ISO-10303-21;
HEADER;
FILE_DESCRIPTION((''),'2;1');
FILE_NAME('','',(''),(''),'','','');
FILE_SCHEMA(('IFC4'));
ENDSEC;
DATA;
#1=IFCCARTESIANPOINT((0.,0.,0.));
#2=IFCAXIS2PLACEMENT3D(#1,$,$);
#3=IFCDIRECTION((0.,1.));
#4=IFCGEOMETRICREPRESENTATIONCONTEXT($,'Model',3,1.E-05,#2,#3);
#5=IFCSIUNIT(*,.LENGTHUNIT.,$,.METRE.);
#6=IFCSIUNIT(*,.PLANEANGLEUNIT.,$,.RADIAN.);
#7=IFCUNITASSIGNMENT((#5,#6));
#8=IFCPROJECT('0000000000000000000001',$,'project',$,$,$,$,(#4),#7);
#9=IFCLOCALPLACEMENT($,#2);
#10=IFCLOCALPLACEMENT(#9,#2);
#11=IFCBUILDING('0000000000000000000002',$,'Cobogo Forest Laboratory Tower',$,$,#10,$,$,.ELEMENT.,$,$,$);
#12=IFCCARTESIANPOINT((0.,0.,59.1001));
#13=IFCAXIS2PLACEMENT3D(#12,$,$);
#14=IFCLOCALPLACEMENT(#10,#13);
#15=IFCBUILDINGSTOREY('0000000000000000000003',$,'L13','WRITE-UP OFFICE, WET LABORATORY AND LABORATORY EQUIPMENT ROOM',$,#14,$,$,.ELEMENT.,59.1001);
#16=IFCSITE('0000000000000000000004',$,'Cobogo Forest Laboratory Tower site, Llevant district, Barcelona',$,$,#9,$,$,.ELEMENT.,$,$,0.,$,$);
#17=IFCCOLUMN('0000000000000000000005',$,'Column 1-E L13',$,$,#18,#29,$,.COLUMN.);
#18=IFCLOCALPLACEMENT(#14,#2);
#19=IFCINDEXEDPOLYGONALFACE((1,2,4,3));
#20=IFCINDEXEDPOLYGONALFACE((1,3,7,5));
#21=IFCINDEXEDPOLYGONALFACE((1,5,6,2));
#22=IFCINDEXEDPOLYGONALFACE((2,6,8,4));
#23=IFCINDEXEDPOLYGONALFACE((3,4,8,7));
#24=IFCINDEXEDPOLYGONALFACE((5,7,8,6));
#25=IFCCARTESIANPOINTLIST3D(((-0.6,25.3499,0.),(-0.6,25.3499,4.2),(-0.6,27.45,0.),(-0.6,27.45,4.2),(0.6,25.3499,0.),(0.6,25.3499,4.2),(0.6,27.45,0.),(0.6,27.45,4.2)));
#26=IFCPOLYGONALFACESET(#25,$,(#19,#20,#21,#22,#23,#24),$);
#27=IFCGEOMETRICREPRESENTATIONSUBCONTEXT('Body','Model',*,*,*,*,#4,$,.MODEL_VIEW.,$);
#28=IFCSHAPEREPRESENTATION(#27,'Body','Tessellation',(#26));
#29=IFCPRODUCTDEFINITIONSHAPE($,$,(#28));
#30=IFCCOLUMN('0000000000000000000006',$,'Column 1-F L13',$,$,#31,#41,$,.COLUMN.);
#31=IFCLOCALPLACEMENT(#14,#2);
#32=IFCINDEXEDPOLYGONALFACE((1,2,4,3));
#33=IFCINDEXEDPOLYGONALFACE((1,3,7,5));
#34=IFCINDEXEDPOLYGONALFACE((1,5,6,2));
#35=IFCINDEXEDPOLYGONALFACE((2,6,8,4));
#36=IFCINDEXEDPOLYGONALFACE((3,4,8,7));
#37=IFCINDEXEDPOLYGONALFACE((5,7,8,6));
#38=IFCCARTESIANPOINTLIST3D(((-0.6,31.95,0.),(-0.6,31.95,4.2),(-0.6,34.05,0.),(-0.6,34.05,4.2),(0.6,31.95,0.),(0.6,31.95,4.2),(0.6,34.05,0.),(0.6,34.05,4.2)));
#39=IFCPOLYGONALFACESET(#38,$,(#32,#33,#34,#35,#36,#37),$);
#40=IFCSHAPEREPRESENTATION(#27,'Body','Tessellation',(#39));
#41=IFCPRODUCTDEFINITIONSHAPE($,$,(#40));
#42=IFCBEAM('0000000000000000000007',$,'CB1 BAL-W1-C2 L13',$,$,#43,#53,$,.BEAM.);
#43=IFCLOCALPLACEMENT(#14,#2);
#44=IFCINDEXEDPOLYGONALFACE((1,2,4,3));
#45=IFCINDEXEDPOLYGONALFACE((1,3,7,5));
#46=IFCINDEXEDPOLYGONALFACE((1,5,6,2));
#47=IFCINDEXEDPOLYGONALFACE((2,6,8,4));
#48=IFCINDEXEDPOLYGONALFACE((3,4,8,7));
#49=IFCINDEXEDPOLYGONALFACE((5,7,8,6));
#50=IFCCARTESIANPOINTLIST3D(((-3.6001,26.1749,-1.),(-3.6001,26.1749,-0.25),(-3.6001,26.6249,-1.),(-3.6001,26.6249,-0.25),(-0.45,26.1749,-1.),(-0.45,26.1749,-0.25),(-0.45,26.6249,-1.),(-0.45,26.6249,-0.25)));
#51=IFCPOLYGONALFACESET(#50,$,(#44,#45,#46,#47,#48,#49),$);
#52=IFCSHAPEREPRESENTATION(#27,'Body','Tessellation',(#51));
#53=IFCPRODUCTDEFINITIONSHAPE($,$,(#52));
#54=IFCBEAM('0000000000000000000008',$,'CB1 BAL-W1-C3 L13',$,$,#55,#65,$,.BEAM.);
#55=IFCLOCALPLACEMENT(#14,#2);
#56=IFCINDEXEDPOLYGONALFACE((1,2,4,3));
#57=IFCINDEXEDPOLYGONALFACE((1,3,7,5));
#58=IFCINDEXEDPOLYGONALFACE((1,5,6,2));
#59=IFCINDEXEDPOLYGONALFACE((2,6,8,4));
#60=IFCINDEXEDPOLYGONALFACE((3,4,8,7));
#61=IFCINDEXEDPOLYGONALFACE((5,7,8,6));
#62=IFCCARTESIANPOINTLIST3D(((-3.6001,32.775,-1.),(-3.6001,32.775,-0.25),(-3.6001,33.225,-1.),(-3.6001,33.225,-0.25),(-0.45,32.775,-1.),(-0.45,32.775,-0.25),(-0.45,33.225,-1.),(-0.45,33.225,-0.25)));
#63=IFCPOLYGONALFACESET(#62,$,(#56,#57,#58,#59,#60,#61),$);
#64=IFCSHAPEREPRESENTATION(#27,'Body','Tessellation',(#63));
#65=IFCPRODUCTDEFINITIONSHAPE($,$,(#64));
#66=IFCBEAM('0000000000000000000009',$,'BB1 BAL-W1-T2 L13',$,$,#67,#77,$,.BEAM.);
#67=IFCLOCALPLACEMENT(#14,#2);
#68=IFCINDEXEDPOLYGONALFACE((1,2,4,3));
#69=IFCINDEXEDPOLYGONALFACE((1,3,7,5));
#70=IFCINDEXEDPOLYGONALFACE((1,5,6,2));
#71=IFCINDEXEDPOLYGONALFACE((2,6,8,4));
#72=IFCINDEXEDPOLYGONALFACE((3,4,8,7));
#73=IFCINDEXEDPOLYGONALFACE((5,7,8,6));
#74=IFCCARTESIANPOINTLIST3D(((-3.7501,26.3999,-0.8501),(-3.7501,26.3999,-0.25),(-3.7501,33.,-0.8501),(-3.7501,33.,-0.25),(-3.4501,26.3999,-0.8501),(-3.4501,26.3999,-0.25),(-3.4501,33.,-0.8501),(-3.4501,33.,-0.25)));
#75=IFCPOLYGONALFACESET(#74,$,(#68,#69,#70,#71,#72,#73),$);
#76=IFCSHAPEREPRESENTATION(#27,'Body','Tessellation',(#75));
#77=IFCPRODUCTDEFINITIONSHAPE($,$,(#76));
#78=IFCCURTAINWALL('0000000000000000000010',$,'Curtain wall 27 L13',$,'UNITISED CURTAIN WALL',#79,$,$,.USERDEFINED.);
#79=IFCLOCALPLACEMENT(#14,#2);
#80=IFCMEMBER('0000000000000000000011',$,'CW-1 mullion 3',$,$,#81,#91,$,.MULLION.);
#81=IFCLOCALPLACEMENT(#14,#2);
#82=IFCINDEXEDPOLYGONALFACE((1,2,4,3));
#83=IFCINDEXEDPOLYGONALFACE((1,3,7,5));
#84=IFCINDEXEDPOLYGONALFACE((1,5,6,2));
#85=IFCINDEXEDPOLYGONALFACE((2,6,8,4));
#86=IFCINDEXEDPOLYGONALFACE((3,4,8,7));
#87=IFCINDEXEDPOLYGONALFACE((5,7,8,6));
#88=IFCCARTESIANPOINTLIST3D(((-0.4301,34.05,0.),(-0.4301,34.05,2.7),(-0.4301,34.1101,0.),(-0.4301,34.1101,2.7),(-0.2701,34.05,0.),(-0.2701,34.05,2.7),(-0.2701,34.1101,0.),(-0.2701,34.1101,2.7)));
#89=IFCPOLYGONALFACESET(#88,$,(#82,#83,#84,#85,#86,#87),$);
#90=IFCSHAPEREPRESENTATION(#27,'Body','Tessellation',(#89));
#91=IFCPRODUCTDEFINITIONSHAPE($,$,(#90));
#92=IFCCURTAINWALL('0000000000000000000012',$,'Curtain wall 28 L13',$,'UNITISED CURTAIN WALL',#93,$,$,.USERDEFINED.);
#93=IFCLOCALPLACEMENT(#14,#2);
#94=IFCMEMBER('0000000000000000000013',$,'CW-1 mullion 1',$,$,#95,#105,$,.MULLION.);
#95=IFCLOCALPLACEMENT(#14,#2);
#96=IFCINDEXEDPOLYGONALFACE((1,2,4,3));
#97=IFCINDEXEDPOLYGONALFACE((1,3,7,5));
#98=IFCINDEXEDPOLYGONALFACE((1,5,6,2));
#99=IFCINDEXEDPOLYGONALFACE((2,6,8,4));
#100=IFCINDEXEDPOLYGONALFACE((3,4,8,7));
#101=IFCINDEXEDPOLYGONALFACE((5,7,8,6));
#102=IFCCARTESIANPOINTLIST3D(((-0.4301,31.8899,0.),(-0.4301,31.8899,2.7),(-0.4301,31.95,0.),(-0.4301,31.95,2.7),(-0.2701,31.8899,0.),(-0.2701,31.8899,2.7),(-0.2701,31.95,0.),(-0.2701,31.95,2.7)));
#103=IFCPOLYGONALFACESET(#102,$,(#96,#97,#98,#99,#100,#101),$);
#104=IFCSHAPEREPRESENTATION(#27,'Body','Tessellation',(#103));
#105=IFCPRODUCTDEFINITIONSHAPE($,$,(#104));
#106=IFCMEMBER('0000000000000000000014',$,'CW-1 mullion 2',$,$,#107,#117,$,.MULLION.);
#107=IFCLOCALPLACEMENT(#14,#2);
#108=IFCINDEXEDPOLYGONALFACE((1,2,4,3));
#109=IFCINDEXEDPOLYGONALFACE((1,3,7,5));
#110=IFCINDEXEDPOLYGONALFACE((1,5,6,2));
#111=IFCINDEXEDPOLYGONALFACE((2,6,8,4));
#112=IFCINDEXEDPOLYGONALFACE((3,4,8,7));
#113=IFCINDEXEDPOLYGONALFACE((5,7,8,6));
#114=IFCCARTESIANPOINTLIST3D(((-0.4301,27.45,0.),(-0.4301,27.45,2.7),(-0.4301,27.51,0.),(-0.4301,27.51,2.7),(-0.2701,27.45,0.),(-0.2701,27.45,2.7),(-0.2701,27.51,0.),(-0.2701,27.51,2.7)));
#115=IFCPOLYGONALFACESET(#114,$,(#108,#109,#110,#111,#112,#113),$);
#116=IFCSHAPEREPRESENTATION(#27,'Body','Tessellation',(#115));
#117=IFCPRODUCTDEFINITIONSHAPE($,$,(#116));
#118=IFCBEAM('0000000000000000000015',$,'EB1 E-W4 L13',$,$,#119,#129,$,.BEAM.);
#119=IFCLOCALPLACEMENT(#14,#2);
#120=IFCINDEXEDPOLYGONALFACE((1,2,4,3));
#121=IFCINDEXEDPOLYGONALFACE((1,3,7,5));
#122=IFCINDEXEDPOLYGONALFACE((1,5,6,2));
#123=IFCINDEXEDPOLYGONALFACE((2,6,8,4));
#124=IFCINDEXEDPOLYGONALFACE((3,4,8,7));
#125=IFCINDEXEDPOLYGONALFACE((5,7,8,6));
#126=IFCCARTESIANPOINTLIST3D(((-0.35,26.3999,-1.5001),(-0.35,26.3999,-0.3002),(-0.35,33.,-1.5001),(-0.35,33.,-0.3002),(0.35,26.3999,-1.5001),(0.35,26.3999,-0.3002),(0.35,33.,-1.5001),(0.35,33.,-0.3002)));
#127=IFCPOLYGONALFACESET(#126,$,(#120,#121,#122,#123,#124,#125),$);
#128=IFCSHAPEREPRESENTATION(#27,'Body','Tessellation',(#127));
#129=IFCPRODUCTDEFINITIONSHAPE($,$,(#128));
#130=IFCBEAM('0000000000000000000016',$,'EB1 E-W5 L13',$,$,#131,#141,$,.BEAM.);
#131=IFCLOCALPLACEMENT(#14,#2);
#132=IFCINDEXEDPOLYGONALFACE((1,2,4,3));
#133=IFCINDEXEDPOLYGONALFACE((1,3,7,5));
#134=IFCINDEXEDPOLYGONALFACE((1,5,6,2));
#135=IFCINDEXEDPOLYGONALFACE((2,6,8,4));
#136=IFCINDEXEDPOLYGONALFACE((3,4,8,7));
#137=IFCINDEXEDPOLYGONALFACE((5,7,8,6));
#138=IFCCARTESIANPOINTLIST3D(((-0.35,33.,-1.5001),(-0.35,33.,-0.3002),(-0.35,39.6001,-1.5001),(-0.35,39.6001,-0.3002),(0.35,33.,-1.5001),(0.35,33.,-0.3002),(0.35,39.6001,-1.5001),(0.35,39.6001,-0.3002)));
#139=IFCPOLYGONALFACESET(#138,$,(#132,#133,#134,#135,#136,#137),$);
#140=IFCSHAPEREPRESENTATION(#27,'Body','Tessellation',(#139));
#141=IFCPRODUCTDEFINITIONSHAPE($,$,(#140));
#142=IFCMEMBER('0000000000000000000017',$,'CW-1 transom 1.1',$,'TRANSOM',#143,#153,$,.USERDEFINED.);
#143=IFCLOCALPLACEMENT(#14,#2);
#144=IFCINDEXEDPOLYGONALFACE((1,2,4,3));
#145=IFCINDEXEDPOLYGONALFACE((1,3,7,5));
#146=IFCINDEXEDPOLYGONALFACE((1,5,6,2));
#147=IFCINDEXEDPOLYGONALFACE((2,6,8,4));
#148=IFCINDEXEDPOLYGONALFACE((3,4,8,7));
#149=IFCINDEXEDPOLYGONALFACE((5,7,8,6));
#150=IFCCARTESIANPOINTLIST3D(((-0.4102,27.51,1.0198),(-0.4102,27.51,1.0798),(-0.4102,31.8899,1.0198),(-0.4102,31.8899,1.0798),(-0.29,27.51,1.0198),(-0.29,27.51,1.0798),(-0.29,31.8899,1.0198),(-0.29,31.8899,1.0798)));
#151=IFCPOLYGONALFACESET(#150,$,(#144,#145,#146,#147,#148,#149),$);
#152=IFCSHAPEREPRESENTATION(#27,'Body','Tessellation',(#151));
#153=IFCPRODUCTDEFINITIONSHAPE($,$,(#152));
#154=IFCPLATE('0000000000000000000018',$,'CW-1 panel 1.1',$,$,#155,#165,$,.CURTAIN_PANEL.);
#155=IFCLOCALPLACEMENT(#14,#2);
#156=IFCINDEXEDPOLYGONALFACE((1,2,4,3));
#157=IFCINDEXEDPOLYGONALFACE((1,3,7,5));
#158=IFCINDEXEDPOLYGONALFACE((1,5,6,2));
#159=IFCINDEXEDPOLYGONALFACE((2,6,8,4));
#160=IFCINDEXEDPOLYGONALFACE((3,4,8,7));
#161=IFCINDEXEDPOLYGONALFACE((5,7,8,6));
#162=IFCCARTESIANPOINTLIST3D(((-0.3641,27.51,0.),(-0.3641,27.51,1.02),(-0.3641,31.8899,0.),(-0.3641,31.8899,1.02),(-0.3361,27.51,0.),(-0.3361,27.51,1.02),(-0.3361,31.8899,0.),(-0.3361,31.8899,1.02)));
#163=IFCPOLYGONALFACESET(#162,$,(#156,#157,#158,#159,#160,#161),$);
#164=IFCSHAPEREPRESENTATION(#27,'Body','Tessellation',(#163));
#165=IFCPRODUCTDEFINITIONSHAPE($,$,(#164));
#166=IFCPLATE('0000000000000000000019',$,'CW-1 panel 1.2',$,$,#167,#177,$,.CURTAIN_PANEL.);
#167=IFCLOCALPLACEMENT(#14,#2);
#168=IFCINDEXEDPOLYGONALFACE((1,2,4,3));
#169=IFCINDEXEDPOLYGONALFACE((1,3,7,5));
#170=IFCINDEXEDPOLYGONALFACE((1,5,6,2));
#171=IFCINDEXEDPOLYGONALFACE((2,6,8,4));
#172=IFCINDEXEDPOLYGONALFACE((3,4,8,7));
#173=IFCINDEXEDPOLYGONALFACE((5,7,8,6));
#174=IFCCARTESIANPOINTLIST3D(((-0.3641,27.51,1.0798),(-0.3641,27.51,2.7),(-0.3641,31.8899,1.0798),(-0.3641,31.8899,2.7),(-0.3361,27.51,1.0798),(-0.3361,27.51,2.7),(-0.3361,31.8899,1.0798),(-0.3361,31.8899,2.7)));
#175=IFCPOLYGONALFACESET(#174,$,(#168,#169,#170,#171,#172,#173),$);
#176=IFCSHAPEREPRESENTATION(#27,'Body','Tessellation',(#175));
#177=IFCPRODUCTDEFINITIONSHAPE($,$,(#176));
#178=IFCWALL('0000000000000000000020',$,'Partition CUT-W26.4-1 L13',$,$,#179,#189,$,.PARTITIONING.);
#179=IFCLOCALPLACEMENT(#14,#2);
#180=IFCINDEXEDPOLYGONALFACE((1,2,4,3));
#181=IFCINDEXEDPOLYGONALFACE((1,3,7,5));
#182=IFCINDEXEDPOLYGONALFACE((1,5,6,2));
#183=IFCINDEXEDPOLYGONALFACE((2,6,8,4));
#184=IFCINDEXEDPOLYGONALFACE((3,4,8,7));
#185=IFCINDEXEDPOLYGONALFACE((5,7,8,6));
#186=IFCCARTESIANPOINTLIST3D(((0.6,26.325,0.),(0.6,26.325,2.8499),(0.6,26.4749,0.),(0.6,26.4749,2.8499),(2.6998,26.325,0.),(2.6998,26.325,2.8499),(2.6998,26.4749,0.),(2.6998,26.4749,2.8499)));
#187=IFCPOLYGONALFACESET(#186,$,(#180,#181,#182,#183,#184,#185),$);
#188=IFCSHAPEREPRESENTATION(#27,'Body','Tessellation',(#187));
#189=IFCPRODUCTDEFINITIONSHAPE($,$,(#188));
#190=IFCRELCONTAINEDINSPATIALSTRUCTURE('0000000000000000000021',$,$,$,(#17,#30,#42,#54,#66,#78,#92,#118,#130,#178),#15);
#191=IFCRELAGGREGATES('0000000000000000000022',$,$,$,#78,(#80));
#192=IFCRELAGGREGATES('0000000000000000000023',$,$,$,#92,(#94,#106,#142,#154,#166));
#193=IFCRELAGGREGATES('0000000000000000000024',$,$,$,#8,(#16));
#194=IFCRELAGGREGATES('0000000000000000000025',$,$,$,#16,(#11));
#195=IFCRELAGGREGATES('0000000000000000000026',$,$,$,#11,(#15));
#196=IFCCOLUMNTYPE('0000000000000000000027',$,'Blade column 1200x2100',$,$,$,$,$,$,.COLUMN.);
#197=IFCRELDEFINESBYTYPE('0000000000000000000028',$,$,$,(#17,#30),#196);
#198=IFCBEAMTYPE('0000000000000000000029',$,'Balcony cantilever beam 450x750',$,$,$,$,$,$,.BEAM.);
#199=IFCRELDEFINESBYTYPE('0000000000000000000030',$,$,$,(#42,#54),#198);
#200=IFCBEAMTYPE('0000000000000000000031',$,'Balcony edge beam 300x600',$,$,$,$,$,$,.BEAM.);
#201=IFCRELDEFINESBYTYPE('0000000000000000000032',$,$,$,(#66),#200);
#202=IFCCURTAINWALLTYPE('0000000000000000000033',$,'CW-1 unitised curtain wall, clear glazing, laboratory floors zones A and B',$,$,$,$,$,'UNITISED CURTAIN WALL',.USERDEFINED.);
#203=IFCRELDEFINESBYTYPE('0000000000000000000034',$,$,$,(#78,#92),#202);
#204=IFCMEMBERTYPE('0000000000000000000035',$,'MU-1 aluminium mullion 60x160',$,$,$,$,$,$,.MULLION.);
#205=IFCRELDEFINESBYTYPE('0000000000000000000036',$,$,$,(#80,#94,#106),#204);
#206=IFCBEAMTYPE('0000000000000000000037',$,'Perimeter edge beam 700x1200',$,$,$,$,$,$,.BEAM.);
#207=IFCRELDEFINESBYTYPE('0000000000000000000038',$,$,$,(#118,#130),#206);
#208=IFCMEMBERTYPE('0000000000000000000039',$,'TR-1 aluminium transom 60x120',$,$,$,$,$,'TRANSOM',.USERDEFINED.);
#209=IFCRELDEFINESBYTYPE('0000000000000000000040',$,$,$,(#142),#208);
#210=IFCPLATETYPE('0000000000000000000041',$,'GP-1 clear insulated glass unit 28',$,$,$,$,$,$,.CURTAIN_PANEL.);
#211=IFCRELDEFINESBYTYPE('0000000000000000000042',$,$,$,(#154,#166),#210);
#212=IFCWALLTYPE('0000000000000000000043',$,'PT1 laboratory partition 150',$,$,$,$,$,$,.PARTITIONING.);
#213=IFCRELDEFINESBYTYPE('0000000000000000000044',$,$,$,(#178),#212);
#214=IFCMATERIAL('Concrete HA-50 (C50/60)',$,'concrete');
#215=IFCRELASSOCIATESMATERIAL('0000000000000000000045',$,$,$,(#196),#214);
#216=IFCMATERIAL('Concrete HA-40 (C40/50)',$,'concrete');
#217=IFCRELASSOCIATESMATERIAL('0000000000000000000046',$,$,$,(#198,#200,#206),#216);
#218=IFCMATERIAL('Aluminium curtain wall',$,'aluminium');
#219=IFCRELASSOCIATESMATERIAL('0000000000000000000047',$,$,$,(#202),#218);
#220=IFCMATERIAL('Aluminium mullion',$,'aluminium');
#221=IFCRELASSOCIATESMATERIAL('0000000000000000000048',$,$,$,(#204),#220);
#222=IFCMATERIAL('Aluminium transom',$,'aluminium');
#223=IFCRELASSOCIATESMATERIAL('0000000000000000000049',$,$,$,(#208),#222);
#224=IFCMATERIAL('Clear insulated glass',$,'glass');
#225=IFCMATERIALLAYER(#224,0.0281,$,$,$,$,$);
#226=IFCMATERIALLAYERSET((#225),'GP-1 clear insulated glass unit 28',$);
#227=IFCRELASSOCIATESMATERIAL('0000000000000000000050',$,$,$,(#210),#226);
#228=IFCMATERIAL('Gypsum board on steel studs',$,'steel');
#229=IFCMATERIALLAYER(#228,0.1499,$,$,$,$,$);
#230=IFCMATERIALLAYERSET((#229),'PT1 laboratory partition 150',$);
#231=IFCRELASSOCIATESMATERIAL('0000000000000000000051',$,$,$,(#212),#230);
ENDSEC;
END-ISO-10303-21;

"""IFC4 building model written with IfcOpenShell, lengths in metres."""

from ifc_helpers import new_model, si_unit, direction, frame, frame_2d, origin, origin_2d, place, context, subcontext, project, spatial, rectangle, extrude, material, layer, layer_set, material_profile, profile_set, type_object, element, aggregate, save


model = new_model("IFC4")

# Units and contexts
model_context = context("Model", 3, precision=1e-05, world=origin(), true_north=direction((0.0, 1.0)))
body_context = subcontext(model_context, "Body", "Model", "MODEL_VIEW")
ifc_project = project(units=[si_unit("LENGTHUNIT", "METRE"), si_unit("PLANEANGLEUNIT", "RADIAN")], contexts=[model_context])

# Site, building, storey
site_placement = place(None, origin())
site = spatial("IfcSite", under=ifc_project, at=site_placement, Name="Cobogo Forest Laboratory Tower site, Llevant district, Barcelona", CompositionType="ELEMENT", RefElevation=0.0)
building_placement = place(site_placement, origin())
building = spatial("IfcBuilding", under=site, at=building_placement, Name="Cobogo Forest Laboratory Tower", CompositionType="ELEMENT")
storey_placement = place(building_placement, frame((0.0, 0.0, 59.1001)))
storey = spatial("IfcBuildingStorey", under=building, at=storey_placement, Name="L13", Description="WRITE-UP OFFICE, WET LABORATORY AND LABORATORY EQUIPMENT ROOM", CompositionType="ELEMENT", Elevation=59.1001)

# Columns
ifc_material_1 = material(Name="Concrete HA-50 (C50/60)", Category="concrete")
ifc_material_profile_1 = material_profile(ifc_material_1, rectangle(XDim=2.1001, YDim=1.2, at=origin_2d()), Name="RC 1200x2100")
ifc_profile_set_1 = profile_set([ifc_material_profile_1], Name="Concrete HA-50 (C50/60)")
column_type = type_object("IfcColumnType", Name="Blade column 1200x2100", PredefinedType="COLUMN", material=ifc_profile_set_1)
for number, where, z_axis, x_axis, name in (
    (1, (0.0, 26.3999, 0.0), (0.0, 0.0, 1.0), (0.0, 1.0, 0.0), "Column 1-E L13"),
    (2, (0.0, 33.0, 0.0), (0.0, 0.0, 1.0), (0.0, 1.0, 0.0), "Column 1-F L13"),
):
    element("IfcColumn", number, at=place(storey_placement, frame(where, z_axis=z_axis, x_axis=x_axis)), inside=storey, type_object=column_type, Name=name, PredefinedType="COLUMN", context=body_context, shape_type="SweptSolid", body=[
        extrude(rectangle(XDim=2.1001, YDim=1.2, at=origin_2d()), origin(), (0.0, 0.0, 1.0), 4.2),
    ])

# Beams
ifc_material_2 = material(Name="Concrete HA-40 (C40/50)", Category="concrete")
ifc_material_profile_2 = material_profile(ifc_material_2, rectangle(XDim=0.45, YDim=0.75, at=origin_2d()), Name="RC 450x750")
ifc_profile_set_2 = profile_set([ifc_material_profile_2], Name="Concrete HA-40 (C40/50)")
beam_type_1 = type_object("IfcBeamType", Name="Balcony cantilever beam 450x750", PredefinedType="BEAM", material=ifc_profile_set_2)
for number, where, z_axis, x_axis, name in (
    (3, (-0.45, 26.3999, -0.625), (-1.0, 0.0, 0.0), (0.0, -1.0, 0.0), "CB1 BAL-W1-C2 L13"),
    (4, (-0.45, 33.0, -0.625), (-1.0, 0.0, 0.0), (0.0, -1.0, 0.0), "CB1 BAL-W1-C3 L13"),
):
    element("IfcBeam", number, at=place(storey_placement, frame(where, z_axis=z_axis, x_axis=x_axis)), inside=storey, type_object=beam_type_1, Name=name, PredefinedType="BEAM", context=body_context, shape_type="SweptSolid", body=[
        extrude(rectangle(XDim=0.45, YDim=0.75, at=origin_2d()), origin(), (0.0, 0.0, 1.0), 3.1501),
    ])
ifc_material_profile_3 = material_profile(ifc_material_2, rectangle(XDim=0.3, YDim=0.6001, at=origin_2d()), Name="RC 300x600")
ifc_profile_set_3 = profile_set([ifc_material_profile_3], Name="Concrete HA-40 (C40/50)")
beam_type_2 = type_object("IfcBeamType", Name="Balcony edge beam 300x600", PredefinedType="BEAM", material=ifc_profile_set_3)
beam_placement = place(storey_placement, frame((-3.6001, 26.3999, -0.55), z_axis=(0.0, 1.0, 0.0), x_axis=(-1.0, 0.0, 0.0)))
element("IfcBeam", 5, at=beam_placement, inside=storey, type_object=beam_type_2, Name="BB1 BAL-W1-T2 L13", PredefinedType="BEAM", context=body_context, shape_type="SweptSolid", body=[
    extrude(rectangle(XDim=0.3, YDim=0.6001, at=origin_2d()), origin(), (0.0, 0.0, 1.0), 6.6001),
])

# Curtain wall, member
ifc_material_3 = material(Name="Aluminium curtain wall", Category="aluminium")
curtain_wall_type = type_object("IfcCurtainWallType", Name="CW-1 unitised curtain wall, clear glazing, laboratory floors zones A and B", ElementType="UNITISED CURTAIN WALL", PredefinedType="USERDEFINED", material=ifc_material_3)
curtain_wall_1_placement = place(storey_placement, origin())
curtain_wall_1 = element("IfcCurtainWall", 6, at=curtain_wall_1_placement, inside=storey, type_object=curtain_wall_type, Name="Curtain wall 27 L13", ObjectType="UNITISED CURTAIN WALL", PredefinedType="USERDEFINED")
ifc_material_4 = material(Name="Aluminium mullion", Category="aluminium")
ifc_material_profile_4 = material_profile(ifc_material_4, rectangle(XDim=0.0601, YDim=0.1599, at=origin_2d()), Name="AL 60x160")
ifc_profile_set_4 = profile_set([ifc_material_profile_4], Name="Aluminium mullion")
member_type_1 = type_object("IfcMemberType", Name="MU-1 aluminium mullion 60x160", PredefinedType="MULLION", material=ifc_profile_set_4)
member_1_placement = place(storey_placement, frame((-0.3501, 34.0801, 0.0), z_axis=(0.0, 0.0, 1.0), x_axis=(0.0, -1.0, 0.0)))
member_1 = element("IfcMember", 7, at=member_1_placement, type_object=member_type_1, Name="CW-1 mullion 3", PredefinedType="MULLION", context=body_context, shape_type="SweptSolid", body=[
    extrude(rectangle(XDim=0.0601, YDim=0.1599, at=origin_2d()), origin(), (0.0, 0.0, 1.0), 2.7),
])
aggregate(curtain_wall_1, [member_1])

# Curtain wall, members
curtain_wall_2_placement = place(storey_placement, origin())
curtain_wall_2 = element("IfcCurtainWall", 8, at=curtain_wall_2_placement, inside=storey, type_object=curtain_wall_type, Name="Curtain wall 28 L13", ObjectType="UNITISED CURTAIN WALL", PredefinedType="USERDEFINED")
member_2_placement = place(storey_placement, frame((-0.3501, 31.9199, 0.0), z_axis=(0.0, 0.0, 1.0), x_axis=(0.0, -1.0, 0.0)))
member_2 = element("IfcMember", 9, at=member_2_placement, type_object=member_type_1, Name="CW-1 mullion 1", PredefinedType="MULLION", context=body_context, shape_type="SweptSolid", body=[
    extrude(rectangle(XDim=0.0601, YDim=0.1599, at=origin_2d()), origin(), (0.0, 0.0, 1.0), 2.7),
])
member_3_placement = place(storey_placement, frame((-0.3501, 27.48, 0.0), z_axis=(0.0, 0.0, 1.0), x_axis=(0.0, -1.0, 0.0)))
member_3 = element("IfcMember", 10, at=member_3_placement, type_object=member_type_1, Name="CW-1 mullion 2", PredefinedType="MULLION", context=body_context, shape_type="SweptSolid", body=[
    extrude(rectangle(XDim=0.0601, YDim=0.1599, at=origin_2d()), origin(), (0.0, 0.0, 1.0), 2.7),
])

# Beams
ifc_material_profile_5 = material_profile(ifc_material_2, rectangle(XDim=0.7, YDim=1.2, at=origin_2d()), Name="RC 700x1200")
ifc_profile_set_5 = profile_set([ifc_material_profile_5], Name="Concrete HA-40 (C40/50)")
beam_type_3 = type_object("IfcBeamType", Name="Perimeter edge beam 700x1200", PredefinedType="BEAM", material=ifc_profile_set_5)
for number, where, z_axis, x_axis, name in (
    (11, (0.0, 26.3999, -0.9001), (0.0, 1.0, 0.0), (-1.0, 0.0, 0.0), "EB1 E-W4 L13"),
    (12, (0.0, 33.0, -0.9001), (0.0, 1.0, 0.0), (-1.0, 0.0, 0.0), "EB1 E-W5 L13"),
):
    element("IfcBeam", number, at=place(storey_placement, frame(where, z_axis=z_axis, x_axis=x_axis)), inside=storey, type_object=beam_type_3, Name=name, PredefinedType="BEAM", context=body_context, shape_type="SweptSolid", body=[
        extrude(rectangle(XDim=0.7, YDim=1.2, at=origin_2d()), origin(), (0.0, 0.0, 1.0), 6.6001),
    ])

# Member
ifc_material_5 = material(Name="Aluminium transom", Category="aluminium")
ifc_material_profile_6 = material_profile(ifc_material_5, rectangle(XDim=0.1201, YDim=0.0601, at=origin_2d()), Name="AL 60x120")
ifc_profile_set_6 = profile_set([ifc_material_profile_6], Name="Aluminium transom")
member_type_2 = type_object("IfcMemberType", Name="TR-1 aluminium transom 60x120", ElementType="TRANSOM", PredefinedType="USERDEFINED", material=ifc_profile_set_6)
member_4_placement = place(storey_placement, frame((-0.3501, 31.8899, 1.0498), z_axis=(0.0, -1.0, 0.0), x_axis=(1.0, 0.0, 0.0)))
member_4 = element("IfcMember", 13, at=member_4_placement, type_object=member_type_2, Name="CW-1 transom 1.1", ObjectType="TRANSOM", PredefinedType="USERDEFINED", context=body_context, shape_type="SweptSolid", body=[
    extrude(rectangle(XDim=0.1201, YDim=0.0601, at=origin_2d()), origin(), (0.0, 0.0, 1.0), 4.3799),
])

# Plates
ifc_material_6 = material(Name="Clear insulated glass", Category="glass")
ifc_layer_1 = layer(ifc_material_6, 0.0281)
ifc_layer_set_1 = layer_set([ifc_layer_1], Name="GP-1 clear insulated glass unit 28")
plate_type = type_object("IfcPlateType", Name="GP-1 clear insulated glass unit 28", PredefinedType="CURTAIN_PANEL", material=ifc_layer_set_1)
plate_1_placement = place(storey_placement, frame((-0.3501, 29.7, 0.0), z_axis=(0.0, 0.0, 1.0), x_axis=(0.0, -1.0, 0.0)))
plate_1 = element("IfcPlate", 14, at=plate_1_placement, type_object=plate_type, Name="CW-1 panel 1.1", PredefinedType="CURTAIN_PANEL", context=body_context, shape_type="SweptSolid", body=[
    extrude(rectangle(XDim=4.3799, YDim=0.0281, at=origin_2d()), origin(), (0.0, 0.0, 1.0), 1.02),
])
plate_2_placement = place(storey_placement, frame((-0.3501, 29.7, 1.0798), z_axis=(0.0, 0.0, 1.0), x_axis=(0.0, -1.0, 0.0)))
plate_2 = element("IfcPlate", 15, at=plate_2_placement, type_object=plate_type, Name="CW-1 panel 1.2", PredefinedType="CURTAIN_PANEL", context=body_context, shape_type="SweptSolid", body=[
    extrude(rectangle(XDim=4.3799, YDim=0.0281, at=origin_2d()), origin(), (0.0, 0.0, 1.0), 1.6201),
])
aggregate(curtain_wall_2, [member_2, member_3, member_4, plate_1, plate_2])

# Wall
ifc_material_7 = material(Name="Gypsum board on steel studs", Category="steel")
ifc_layer_2 = layer(ifc_material_7, 0.1499)
ifc_layer_set_2 = layer_set([ifc_layer_2], Name="PT1 laboratory partition 150")
wall_type_1 = type_object("IfcWallType", Name="PT1 laboratory partition 150", PredefinedType="PARTITIONING", material=ifc_layer_set_2)
for number, where, z_axis, x_axis, name in (
    (16, (0.6001, 26.3999, 0.0), (0.0, 0.0, 1.0), (1.0, 0.0, 0.0), "Partition CUT-W26.4-1 L13"),
):
    element("IfcWall", number, at=place(storey_placement, frame(where, z_axis=z_axis, x_axis=x_axis)), inside=storey, type_object=wall_type_1, Name=name, PredefinedType="PARTITIONING", context=body_context, shape_type="SweptSolid", body=[
        extrude(rectangle(XDim=2.0999, YDim=0.1499, at=frame_2d((1.0498, 0.0))), origin(), (0.0, 0.0, 1.0), 2.8499),
    ])

save(model, "model.ifc")
